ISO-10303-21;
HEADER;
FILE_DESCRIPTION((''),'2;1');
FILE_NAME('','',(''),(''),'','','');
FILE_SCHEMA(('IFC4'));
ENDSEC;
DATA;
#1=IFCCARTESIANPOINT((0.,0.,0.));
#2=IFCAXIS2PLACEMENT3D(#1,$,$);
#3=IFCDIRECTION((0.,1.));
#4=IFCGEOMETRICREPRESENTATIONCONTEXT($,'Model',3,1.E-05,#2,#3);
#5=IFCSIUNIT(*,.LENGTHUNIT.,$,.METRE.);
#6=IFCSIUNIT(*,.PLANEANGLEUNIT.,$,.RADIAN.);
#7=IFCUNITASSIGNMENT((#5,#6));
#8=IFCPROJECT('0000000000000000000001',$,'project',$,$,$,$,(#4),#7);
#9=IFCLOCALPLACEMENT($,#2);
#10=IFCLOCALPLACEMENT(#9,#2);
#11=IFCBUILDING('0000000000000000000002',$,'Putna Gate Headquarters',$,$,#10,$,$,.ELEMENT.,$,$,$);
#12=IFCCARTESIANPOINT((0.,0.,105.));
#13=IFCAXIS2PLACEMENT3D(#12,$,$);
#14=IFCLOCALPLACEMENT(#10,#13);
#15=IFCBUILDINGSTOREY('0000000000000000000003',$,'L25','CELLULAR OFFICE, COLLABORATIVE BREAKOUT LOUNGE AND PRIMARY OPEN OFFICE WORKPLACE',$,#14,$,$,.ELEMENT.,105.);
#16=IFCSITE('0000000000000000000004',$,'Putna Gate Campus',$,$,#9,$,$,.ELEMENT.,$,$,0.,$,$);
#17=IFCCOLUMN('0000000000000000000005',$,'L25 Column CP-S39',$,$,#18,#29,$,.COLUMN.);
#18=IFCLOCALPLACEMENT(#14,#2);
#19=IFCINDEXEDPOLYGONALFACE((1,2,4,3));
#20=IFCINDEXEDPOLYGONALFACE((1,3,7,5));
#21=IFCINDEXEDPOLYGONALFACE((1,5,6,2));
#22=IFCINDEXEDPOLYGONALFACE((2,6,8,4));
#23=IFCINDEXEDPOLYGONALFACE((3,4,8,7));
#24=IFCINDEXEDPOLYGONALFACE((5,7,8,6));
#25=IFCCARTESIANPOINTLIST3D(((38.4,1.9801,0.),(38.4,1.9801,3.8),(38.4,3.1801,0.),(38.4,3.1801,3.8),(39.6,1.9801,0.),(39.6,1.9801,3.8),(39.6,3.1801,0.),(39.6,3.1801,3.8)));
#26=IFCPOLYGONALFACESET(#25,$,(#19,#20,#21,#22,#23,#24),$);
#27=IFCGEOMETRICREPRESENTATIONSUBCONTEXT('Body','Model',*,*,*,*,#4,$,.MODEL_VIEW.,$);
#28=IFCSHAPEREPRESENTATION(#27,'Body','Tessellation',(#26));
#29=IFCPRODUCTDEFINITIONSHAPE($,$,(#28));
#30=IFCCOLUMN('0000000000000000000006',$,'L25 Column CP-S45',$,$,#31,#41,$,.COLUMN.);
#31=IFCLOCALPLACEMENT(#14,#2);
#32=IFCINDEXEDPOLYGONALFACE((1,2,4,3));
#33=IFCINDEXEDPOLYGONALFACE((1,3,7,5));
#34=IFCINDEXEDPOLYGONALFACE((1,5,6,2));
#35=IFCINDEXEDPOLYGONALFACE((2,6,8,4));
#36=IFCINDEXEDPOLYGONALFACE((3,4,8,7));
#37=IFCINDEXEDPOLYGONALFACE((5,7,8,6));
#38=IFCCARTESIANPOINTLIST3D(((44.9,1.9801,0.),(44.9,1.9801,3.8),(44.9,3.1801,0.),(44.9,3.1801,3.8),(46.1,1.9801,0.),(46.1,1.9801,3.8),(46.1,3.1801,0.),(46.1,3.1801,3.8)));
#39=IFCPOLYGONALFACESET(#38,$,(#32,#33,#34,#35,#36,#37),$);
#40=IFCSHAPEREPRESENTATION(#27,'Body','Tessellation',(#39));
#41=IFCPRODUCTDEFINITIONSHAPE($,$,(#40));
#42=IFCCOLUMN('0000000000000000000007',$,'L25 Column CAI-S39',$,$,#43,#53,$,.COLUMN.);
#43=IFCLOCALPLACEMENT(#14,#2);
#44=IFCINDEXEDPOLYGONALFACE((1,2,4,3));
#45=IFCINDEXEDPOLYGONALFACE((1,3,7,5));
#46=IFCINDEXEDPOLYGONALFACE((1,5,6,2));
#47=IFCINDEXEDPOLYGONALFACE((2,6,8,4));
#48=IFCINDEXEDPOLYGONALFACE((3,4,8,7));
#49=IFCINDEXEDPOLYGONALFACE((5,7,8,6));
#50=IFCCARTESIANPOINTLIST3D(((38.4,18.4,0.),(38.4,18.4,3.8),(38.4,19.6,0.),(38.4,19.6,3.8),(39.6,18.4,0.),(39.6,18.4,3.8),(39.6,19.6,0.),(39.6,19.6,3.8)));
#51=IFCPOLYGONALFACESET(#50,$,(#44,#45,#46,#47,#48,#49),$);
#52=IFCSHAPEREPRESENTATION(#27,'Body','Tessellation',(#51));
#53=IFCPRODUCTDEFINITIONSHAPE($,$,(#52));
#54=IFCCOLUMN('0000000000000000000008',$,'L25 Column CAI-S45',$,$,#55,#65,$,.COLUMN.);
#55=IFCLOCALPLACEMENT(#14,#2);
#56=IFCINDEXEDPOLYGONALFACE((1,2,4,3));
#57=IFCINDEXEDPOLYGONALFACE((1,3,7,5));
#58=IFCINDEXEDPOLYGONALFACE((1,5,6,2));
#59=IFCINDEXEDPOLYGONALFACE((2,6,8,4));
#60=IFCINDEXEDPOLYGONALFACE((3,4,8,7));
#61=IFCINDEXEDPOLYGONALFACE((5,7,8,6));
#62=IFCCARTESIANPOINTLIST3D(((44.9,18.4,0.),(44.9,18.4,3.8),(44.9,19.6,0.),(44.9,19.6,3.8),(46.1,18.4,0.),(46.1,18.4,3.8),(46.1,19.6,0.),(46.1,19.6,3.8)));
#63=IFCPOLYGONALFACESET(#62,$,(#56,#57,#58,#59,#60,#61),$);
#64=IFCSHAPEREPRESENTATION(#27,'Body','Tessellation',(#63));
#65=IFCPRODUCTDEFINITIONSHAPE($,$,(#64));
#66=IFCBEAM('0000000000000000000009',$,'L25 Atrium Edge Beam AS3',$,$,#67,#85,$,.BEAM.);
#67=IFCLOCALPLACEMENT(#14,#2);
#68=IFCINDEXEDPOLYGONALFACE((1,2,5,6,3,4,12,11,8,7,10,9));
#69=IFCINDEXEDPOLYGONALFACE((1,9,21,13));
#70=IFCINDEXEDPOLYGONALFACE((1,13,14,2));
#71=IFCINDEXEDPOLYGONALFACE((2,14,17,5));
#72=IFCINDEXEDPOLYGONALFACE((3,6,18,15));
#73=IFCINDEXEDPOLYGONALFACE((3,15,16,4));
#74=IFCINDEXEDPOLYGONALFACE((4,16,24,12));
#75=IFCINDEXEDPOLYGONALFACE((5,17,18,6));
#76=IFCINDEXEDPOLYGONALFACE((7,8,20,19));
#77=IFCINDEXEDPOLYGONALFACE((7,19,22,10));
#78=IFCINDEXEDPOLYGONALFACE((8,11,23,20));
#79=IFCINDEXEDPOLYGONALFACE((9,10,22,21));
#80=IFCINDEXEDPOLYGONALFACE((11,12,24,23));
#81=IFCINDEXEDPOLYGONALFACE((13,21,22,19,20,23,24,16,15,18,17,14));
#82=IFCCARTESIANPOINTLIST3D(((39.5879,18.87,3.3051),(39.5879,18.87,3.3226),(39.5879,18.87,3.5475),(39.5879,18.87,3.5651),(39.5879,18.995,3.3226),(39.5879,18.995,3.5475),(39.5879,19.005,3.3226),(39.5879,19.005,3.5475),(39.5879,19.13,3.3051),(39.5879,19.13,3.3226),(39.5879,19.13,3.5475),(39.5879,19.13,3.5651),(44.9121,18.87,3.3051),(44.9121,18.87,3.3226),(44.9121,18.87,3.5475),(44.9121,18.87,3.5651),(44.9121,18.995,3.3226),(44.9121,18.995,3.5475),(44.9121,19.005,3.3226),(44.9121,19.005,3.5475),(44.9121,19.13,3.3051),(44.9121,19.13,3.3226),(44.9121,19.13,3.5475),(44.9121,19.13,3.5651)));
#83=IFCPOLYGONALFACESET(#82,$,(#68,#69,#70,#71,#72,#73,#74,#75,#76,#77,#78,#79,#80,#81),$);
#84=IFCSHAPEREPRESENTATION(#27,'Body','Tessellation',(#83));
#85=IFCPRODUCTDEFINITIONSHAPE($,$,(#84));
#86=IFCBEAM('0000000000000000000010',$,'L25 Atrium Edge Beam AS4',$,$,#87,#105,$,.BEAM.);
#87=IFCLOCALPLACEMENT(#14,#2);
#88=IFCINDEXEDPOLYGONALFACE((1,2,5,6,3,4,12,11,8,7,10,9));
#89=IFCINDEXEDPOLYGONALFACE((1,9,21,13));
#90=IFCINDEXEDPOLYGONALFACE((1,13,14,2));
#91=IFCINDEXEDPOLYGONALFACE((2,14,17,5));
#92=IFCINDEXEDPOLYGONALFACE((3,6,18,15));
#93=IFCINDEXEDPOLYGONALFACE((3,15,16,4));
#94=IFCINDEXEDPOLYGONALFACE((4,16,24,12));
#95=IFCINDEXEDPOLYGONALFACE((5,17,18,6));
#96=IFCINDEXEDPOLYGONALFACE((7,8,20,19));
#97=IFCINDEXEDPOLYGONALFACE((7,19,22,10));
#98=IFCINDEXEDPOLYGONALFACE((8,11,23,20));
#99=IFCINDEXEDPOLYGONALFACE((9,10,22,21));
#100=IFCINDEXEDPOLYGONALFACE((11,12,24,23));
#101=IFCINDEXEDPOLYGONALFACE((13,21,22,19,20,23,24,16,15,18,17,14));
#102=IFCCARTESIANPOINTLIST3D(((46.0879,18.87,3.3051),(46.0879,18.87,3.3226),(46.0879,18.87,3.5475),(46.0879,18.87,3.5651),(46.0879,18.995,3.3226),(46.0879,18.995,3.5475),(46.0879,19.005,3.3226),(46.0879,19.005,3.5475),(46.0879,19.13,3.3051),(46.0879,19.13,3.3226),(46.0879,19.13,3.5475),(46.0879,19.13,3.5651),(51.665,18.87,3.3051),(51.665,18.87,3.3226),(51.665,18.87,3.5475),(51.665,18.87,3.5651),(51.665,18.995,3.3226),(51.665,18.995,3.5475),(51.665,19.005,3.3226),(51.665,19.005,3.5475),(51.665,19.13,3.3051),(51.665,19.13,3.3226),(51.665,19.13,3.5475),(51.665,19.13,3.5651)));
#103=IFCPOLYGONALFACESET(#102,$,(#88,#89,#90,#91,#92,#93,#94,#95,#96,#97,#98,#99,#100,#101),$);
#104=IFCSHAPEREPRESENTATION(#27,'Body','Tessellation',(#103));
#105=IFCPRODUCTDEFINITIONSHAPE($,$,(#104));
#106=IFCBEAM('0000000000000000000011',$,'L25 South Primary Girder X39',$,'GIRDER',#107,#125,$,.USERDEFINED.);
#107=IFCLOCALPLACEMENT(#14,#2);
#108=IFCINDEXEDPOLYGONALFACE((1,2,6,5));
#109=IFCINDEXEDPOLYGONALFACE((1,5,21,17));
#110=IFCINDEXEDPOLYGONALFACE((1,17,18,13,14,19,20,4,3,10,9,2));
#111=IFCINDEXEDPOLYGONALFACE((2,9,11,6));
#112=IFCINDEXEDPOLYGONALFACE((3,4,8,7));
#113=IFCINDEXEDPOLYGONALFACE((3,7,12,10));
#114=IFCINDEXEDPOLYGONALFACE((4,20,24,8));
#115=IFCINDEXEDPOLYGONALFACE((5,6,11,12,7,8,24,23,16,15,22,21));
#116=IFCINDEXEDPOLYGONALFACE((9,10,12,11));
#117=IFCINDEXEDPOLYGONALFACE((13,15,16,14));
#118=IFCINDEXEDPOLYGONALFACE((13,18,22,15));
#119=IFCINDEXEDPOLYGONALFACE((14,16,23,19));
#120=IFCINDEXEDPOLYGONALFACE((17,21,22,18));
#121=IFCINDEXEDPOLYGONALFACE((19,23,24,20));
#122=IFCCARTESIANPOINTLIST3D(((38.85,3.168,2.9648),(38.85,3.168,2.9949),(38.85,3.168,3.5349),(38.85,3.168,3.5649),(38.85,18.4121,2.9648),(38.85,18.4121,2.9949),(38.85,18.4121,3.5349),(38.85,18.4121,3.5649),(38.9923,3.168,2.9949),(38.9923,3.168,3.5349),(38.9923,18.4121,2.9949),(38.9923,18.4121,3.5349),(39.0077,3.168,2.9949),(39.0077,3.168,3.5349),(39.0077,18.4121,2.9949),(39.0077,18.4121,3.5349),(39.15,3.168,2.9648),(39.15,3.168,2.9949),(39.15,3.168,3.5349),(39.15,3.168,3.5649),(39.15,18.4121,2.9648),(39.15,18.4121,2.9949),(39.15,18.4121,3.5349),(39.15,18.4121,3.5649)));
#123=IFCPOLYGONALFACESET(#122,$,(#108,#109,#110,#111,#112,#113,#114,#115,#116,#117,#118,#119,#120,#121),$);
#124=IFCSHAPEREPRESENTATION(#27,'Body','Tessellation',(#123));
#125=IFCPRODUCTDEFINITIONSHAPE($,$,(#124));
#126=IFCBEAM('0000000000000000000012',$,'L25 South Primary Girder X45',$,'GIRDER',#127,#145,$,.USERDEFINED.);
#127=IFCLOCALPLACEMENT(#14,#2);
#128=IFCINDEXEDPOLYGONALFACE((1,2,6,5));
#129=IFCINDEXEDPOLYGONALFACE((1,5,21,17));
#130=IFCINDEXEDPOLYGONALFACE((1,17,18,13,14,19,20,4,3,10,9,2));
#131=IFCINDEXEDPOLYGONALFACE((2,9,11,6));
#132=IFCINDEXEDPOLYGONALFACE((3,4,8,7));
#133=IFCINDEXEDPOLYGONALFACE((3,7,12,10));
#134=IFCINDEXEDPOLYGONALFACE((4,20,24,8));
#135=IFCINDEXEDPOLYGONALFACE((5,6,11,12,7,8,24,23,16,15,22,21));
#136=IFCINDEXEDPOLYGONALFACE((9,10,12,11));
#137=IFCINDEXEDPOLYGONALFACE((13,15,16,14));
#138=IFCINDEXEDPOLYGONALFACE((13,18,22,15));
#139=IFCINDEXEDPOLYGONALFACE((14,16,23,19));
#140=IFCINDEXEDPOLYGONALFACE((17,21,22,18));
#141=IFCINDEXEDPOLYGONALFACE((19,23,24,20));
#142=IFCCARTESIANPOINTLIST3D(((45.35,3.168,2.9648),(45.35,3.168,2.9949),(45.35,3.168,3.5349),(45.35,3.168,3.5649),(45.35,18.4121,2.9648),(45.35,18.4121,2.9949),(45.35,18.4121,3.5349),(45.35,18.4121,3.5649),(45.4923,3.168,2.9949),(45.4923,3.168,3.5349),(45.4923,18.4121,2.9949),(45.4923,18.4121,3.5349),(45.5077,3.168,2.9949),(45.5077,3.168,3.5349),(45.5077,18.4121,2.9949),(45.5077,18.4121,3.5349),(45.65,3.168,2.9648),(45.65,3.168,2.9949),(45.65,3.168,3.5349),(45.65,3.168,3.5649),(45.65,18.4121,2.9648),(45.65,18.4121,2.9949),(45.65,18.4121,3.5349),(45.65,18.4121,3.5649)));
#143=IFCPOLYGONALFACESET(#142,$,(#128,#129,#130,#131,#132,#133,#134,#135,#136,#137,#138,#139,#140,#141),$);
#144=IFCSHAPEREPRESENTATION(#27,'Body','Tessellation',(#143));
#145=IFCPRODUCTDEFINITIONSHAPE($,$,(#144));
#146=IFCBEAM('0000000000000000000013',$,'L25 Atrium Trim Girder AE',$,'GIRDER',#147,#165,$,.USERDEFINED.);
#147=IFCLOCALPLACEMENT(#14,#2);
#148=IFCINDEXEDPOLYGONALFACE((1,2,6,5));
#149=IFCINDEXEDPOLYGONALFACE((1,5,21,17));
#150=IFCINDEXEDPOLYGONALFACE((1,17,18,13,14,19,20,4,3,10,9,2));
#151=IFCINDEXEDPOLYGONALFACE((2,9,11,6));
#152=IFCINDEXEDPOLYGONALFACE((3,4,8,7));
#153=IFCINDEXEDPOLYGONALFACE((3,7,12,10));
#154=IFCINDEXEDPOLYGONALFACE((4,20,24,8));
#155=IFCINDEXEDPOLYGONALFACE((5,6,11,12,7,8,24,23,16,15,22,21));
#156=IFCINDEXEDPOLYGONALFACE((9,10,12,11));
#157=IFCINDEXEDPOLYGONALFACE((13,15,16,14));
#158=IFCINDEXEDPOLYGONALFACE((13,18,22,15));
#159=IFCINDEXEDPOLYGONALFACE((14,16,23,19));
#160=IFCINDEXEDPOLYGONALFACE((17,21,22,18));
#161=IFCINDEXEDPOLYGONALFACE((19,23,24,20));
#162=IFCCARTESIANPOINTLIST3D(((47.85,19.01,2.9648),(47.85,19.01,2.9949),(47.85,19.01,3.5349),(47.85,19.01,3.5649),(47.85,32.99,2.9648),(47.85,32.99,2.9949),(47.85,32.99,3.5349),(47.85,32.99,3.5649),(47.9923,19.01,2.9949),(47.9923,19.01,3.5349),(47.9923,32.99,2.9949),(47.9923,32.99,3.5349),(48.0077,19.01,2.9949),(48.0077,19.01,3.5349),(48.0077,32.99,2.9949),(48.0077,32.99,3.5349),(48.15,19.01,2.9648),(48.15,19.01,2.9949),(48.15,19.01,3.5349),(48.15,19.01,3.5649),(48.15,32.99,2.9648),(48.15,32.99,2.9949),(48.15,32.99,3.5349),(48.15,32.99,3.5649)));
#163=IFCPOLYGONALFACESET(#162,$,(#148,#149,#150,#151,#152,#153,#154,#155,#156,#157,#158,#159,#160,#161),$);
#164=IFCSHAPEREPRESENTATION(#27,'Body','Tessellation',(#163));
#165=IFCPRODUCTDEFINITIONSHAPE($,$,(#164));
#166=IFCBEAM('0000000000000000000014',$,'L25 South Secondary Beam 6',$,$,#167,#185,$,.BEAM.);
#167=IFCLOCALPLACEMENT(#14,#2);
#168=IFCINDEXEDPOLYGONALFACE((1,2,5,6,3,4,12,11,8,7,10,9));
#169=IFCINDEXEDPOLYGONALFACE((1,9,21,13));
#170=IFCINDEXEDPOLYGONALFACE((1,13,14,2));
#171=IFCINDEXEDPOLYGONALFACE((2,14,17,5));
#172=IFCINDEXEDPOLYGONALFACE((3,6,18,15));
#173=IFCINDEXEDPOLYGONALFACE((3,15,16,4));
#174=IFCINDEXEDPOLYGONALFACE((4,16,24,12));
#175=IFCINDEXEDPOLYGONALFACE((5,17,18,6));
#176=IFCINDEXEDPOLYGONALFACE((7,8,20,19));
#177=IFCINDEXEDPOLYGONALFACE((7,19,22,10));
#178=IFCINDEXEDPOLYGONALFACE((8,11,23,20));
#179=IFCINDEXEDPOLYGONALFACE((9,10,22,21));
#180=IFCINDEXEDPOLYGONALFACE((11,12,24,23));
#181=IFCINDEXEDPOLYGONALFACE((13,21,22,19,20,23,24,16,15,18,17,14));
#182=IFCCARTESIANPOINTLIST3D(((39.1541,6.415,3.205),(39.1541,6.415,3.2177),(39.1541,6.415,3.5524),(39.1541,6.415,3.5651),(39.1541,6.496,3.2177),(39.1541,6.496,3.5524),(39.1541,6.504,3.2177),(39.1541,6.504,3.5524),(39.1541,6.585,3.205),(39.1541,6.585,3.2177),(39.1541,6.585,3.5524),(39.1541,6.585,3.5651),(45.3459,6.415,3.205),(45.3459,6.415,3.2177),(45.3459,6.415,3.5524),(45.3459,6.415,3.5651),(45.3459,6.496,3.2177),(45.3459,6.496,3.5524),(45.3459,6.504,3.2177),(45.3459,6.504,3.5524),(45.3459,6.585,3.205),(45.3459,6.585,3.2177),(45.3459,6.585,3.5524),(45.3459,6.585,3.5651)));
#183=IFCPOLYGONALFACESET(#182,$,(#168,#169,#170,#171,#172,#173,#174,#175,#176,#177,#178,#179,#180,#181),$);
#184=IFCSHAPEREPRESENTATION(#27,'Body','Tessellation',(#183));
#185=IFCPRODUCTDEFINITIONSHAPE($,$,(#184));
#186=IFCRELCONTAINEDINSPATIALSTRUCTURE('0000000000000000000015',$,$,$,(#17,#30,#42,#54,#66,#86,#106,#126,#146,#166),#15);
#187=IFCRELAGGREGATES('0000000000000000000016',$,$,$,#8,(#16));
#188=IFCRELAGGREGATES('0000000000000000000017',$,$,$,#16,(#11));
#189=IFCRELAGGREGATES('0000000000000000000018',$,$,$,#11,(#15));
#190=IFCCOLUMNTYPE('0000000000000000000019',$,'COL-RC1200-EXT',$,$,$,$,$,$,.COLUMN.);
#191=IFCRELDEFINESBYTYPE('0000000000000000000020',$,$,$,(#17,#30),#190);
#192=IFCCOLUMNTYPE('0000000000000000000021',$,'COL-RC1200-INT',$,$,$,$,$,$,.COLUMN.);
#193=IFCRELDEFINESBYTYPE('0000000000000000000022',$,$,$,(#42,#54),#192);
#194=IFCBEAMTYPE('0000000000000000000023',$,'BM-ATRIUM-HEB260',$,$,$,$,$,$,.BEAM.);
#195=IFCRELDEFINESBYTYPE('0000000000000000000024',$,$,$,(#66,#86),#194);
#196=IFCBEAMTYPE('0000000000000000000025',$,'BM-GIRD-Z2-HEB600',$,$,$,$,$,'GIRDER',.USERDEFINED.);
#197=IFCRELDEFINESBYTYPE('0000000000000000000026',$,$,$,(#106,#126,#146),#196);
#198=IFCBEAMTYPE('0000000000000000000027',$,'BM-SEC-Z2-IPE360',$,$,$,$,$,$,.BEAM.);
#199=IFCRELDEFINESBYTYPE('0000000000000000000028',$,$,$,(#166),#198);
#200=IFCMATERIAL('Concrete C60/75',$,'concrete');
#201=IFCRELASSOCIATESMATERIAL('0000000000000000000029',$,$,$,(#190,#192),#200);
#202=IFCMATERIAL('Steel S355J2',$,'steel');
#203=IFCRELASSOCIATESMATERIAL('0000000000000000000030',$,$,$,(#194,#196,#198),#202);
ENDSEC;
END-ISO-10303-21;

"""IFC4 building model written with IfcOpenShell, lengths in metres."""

from ifc_helpers import new_model, si_unit, direction, frame, origin, origin_2d, place, context, subcontext, project, spatial, rectangle, i_section, extrude, material, material_profile, profile_set, type_object, element, save


model = new_model("IFC4")

# Units and contexts
model_context = context("Model", 3, precision=1e-05, world=origin(), true_north=direction((0.0, 1.0)))
body_context = subcontext(model_context, "Body", "Model", "MODEL_VIEW")
ifc_project = project(units=[si_unit("LENGTHUNIT", "METRE"), si_unit("PLANEANGLEUNIT", "RADIAN")], contexts=[model_context])

# Site, building, storey
site_placement = place(None, origin())
site = spatial("IfcSite", under=ifc_project, at=site_placement, Name="Putna Gate Campus", CompositionType="ELEMENT", RefElevation=0.0)
building_placement = place(site_placement, origin())
building = spatial("IfcBuilding", under=site, at=building_placement, Name="Putna Gate Headquarters", CompositionType="ELEMENT")
storey_placement = place(building_placement, frame((0.0, 0.0, 105.0)))
storey = spatial("IfcBuildingStorey", under=building, at=storey_placement, Name="L25", Description="CELLULAR OFFICE, COLLABORATIVE BREAKOUT LOUNGE AND PRIMARY OPEN OFFICE WORKPLACE", CompositionType="ELEMENT", Elevation=105.0)

# Columns
ifc_material_1 = material(Name="Concrete C60/75", Category="concrete")
ifc_material_profile_1 = material_profile(ifc_material_1, rectangle(XDim=1.2, YDim=1.2, at=origin_2d()), Name="Concrete C60/75")
ifc_profile_set_1 = profile_set([ifc_material_profile_1], Name="Concrete C60/75")
column_type_1 = type_object("IfcColumnType", Name="COL-RC1200-EXT", PredefinedType="COLUMN", material=ifc_profile_set_1)
for number, where, z_axis, x_axis, name in (
    (1, (39.0, 2.5801, 0.0), (0.0, 0.0, 1.0), (1.0, 0.0, 0.0), "L25 Column CP-S39"),
    (2, (45.5, 2.5801, 0.0), (0.0, 0.0, 1.0), (1.0, 0.0, 0.0), "L25 Column CP-S45"),
):
    element("IfcColumn", number, at=place(storey_placement, frame(where, z_axis=z_axis, x_axis=x_axis)), inside=storey, type_object=column_type_1, Name=name, PredefinedType="COLUMN", context=body_context, shape_type="SweptSolid", body=[
        extrude(rectangle(XDim=1.2, YDim=1.2, at=origin_2d()), origin(), (0.0, 0.0, 1.0), 3.8),
    ])
ifc_material_profile_2 = material_profile(ifc_material_1, rectangle(XDim=1.2, YDim=1.2, at=origin_2d()), Name="Concrete C60/75")
ifc_profile_set_2 = profile_set([ifc_material_profile_2], Name="Concrete C60/75")
column_type_2 = type_object("IfcColumnType", Name="COL-RC1200-INT", PredefinedType="COLUMN", material=ifc_profile_set_2)
for number, where, z_axis, x_axis, name in (
    (3, (39.0, 19.0, 0.0), (0.0, 0.0, 1.0), (1.0, 0.0, 0.0), "L25 Column CAI-S39"),
    (4, (45.5, 19.0, 0.0), (0.0, 0.0, 1.0), (1.0, 0.0, 0.0), "L25 Column CAI-S45"),
):
    element("IfcColumn", number, at=place(storey_placement, frame(where, z_axis=z_axis, x_axis=x_axis)), inside=storey, type_object=column_type_2, Name=name, PredefinedType="COLUMN", context=body_context, shape_type="SweptSolid", body=[
        extrude(rectangle(XDim=1.2, YDim=1.2, at=origin_2d()), origin(), (0.0, 0.0, 1.0), 3.8),
    ])

# Beams
ifc_material_2 = material(Name="Steel S355J2", Category="steel")
ifc_material_profile_3 = material_profile(ifc_material_2, i_section(OverallWidth=0.26, OverallDepth=0.26, WebThickness=0.01, FlangeThickness=0.0176, at=origin_2d()), Name="Steel S355J2")
ifc_profile_set_3 = profile_set([ifc_material_profile_3], Name="Steel S355J2")
beam_type_1 = type_object("IfcBeamType", Name="BM-ATRIUM-HEB260", PredefinedType="BEAM", material=ifc_profile_set_3)
beam_1_placement = place(storey_placement, frame((39.5879, 19.0, 3.4351), z_axis=(1.0, 0.0, 0.0), x_axis=(0.0, 1.0, 0.0)))
element("IfcBeam", 5, at=beam_1_placement, inside=storey, type_object=beam_type_1, Name="L25 Atrium Edge Beam AS3", PredefinedType="BEAM", context=body_context, shape_type="SweptSolid", body=[
    extrude(i_section(OverallWidth=0.26, OverallDepth=0.26, WebThickness=0.01, FlangeThickness=0.0176, at=origin_2d()), origin(), (0.0, 0.0, 1.0), 5.3242),
])
beam_2_placement = place(storey_placement, frame((46.0879, 19.0, 3.4351), z_axis=(1.0, 0.0, 0.0), x_axis=(0.0, 1.0, 0.0)))
element("IfcBeam", 6, at=beam_2_placement, inside=storey, type_object=beam_type_1, Name="L25 Atrium Edge Beam AS4", PredefinedType="BEAM", context=body_context, shape_type="SweptSolid", body=[
    extrude(i_section(OverallWidth=0.26, OverallDepth=0.26, WebThickness=0.01, FlangeThickness=0.0176, at=origin_2d()), origin(), (0.0, 0.0, 1.0), 5.5771),
])
ifc_material_profile_4 = material_profile(ifc_material_2, i_section(OverallWidth=0.3, OverallDepth=0.6001, WebThickness=0.0154, FlangeThickness=0.03, at=origin_2d()), Name="Steel S355J2")
ifc_profile_set_4 = profile_set([ifc_material_profile_4], Name="Steel S355J2")
beam_type_2 = type_object("IfcBeamType", Name="BM-GIRD-Z2-HEB600", ElementType="GIRDER", PredefinedType="USERDEFINED", material=ifc_profile_set_4)
for number, where, z_axis, x_axis, name in (
    (7, (39.0, 3.168, 3.2649), (0.0, 1.0, 0.0), (-1.0, 0.0, 0.0), "L25 South Primary Girder X39"),
    (8, (45.5, 3.168, 3.2649), (0.0, 1.0, 0.0), (-1.0, 0.0, 0.0), "L25 South Primary Girder X45"),
):
    element("IfcBeam", number, at=place(storey_placement, frame(where, z_axis=z_axis, x_axis=x_axis)), inside=storey, type_object=beam_type_2, Name=name, ObjectType="GIRDER", PredefinedType="USERDEFINED", context=body_context, shape_type="SweptSolid", body=[
        extrude(i_section(OverallWidth=0.3, OverallDepth=0.6001, WebThickness=0.0154, FlangeThickness=0.03, at=origin_2d()), origin(), (0.0, 0.0, 1.0), 15.2441),
    ])
beam_3_placement = place(storey_placement, frame((48.0, 19.01, 3.2649), z_axis=(0.0, 1.0, 0.0), x_axis=(-1.0, 0.0, 0.0)))
element("IfcBeam", 9, at=beam_3_placement, inside=storey, type_object=beam_type_2, Name="L25 Atrium Trim Girder AE", ObjectType="GIRDER", PredefinedType="USERDEFINED", context=body_context, shape_type="SweptSolid", body=[
    extrude(i_section(OverallWidth=0.3, OverallDepth=0.6001, WebThickness=0.0154, FlangeThickness=0.03, at=origin_2d()), origin(), (0.0, 0.0, 1.0), 13.98),
])
ifc_material_profile_5 = material_profile(ifc_material_2, i_section(OverallWidth=0.1699, OverallDepth=0.3601, WebThickness=0.0081, FlangeThickness=0.0127, at=origin_2d()), Name="Steel S355J2")
ifc_profile_set_5 = profile_set([ifc_material_profile_5], Name="Steel S355J2")
beam_type_3 = type_object("IfcBeamType", Name="BM-SEC-Z2-IPE360", PredefinedType="BEAM", material=ifc_profile_set_5)
for number, where, z_axis, x_axis, name in (
    (10, (39.1541, 6.5, 3.385), (1.0, 0.0, 0.0), (0.0, 1.0, 0.0), "L25 South Secondary Beam 6"),
):
    element("IfcBeam", number, at=place(storey_placement, frame(where, z_axis=z_axis, x_axis=x_axis)), inside=storey, type_object=beam_type_3, Name=name, PredefinedType="BEAM", context=body_context, shape_type="SweptSolid", body=[
        extrude(i_section(OverallWidth=0.1699, OverallDepth=0.3601, WebThickness=0.0081, FlangeThickness=0.0127, at=origin_2d()), origin(), (0.0, 0.0, 1.0), 6.1919),
    ])

save(model, "model.ifc")
